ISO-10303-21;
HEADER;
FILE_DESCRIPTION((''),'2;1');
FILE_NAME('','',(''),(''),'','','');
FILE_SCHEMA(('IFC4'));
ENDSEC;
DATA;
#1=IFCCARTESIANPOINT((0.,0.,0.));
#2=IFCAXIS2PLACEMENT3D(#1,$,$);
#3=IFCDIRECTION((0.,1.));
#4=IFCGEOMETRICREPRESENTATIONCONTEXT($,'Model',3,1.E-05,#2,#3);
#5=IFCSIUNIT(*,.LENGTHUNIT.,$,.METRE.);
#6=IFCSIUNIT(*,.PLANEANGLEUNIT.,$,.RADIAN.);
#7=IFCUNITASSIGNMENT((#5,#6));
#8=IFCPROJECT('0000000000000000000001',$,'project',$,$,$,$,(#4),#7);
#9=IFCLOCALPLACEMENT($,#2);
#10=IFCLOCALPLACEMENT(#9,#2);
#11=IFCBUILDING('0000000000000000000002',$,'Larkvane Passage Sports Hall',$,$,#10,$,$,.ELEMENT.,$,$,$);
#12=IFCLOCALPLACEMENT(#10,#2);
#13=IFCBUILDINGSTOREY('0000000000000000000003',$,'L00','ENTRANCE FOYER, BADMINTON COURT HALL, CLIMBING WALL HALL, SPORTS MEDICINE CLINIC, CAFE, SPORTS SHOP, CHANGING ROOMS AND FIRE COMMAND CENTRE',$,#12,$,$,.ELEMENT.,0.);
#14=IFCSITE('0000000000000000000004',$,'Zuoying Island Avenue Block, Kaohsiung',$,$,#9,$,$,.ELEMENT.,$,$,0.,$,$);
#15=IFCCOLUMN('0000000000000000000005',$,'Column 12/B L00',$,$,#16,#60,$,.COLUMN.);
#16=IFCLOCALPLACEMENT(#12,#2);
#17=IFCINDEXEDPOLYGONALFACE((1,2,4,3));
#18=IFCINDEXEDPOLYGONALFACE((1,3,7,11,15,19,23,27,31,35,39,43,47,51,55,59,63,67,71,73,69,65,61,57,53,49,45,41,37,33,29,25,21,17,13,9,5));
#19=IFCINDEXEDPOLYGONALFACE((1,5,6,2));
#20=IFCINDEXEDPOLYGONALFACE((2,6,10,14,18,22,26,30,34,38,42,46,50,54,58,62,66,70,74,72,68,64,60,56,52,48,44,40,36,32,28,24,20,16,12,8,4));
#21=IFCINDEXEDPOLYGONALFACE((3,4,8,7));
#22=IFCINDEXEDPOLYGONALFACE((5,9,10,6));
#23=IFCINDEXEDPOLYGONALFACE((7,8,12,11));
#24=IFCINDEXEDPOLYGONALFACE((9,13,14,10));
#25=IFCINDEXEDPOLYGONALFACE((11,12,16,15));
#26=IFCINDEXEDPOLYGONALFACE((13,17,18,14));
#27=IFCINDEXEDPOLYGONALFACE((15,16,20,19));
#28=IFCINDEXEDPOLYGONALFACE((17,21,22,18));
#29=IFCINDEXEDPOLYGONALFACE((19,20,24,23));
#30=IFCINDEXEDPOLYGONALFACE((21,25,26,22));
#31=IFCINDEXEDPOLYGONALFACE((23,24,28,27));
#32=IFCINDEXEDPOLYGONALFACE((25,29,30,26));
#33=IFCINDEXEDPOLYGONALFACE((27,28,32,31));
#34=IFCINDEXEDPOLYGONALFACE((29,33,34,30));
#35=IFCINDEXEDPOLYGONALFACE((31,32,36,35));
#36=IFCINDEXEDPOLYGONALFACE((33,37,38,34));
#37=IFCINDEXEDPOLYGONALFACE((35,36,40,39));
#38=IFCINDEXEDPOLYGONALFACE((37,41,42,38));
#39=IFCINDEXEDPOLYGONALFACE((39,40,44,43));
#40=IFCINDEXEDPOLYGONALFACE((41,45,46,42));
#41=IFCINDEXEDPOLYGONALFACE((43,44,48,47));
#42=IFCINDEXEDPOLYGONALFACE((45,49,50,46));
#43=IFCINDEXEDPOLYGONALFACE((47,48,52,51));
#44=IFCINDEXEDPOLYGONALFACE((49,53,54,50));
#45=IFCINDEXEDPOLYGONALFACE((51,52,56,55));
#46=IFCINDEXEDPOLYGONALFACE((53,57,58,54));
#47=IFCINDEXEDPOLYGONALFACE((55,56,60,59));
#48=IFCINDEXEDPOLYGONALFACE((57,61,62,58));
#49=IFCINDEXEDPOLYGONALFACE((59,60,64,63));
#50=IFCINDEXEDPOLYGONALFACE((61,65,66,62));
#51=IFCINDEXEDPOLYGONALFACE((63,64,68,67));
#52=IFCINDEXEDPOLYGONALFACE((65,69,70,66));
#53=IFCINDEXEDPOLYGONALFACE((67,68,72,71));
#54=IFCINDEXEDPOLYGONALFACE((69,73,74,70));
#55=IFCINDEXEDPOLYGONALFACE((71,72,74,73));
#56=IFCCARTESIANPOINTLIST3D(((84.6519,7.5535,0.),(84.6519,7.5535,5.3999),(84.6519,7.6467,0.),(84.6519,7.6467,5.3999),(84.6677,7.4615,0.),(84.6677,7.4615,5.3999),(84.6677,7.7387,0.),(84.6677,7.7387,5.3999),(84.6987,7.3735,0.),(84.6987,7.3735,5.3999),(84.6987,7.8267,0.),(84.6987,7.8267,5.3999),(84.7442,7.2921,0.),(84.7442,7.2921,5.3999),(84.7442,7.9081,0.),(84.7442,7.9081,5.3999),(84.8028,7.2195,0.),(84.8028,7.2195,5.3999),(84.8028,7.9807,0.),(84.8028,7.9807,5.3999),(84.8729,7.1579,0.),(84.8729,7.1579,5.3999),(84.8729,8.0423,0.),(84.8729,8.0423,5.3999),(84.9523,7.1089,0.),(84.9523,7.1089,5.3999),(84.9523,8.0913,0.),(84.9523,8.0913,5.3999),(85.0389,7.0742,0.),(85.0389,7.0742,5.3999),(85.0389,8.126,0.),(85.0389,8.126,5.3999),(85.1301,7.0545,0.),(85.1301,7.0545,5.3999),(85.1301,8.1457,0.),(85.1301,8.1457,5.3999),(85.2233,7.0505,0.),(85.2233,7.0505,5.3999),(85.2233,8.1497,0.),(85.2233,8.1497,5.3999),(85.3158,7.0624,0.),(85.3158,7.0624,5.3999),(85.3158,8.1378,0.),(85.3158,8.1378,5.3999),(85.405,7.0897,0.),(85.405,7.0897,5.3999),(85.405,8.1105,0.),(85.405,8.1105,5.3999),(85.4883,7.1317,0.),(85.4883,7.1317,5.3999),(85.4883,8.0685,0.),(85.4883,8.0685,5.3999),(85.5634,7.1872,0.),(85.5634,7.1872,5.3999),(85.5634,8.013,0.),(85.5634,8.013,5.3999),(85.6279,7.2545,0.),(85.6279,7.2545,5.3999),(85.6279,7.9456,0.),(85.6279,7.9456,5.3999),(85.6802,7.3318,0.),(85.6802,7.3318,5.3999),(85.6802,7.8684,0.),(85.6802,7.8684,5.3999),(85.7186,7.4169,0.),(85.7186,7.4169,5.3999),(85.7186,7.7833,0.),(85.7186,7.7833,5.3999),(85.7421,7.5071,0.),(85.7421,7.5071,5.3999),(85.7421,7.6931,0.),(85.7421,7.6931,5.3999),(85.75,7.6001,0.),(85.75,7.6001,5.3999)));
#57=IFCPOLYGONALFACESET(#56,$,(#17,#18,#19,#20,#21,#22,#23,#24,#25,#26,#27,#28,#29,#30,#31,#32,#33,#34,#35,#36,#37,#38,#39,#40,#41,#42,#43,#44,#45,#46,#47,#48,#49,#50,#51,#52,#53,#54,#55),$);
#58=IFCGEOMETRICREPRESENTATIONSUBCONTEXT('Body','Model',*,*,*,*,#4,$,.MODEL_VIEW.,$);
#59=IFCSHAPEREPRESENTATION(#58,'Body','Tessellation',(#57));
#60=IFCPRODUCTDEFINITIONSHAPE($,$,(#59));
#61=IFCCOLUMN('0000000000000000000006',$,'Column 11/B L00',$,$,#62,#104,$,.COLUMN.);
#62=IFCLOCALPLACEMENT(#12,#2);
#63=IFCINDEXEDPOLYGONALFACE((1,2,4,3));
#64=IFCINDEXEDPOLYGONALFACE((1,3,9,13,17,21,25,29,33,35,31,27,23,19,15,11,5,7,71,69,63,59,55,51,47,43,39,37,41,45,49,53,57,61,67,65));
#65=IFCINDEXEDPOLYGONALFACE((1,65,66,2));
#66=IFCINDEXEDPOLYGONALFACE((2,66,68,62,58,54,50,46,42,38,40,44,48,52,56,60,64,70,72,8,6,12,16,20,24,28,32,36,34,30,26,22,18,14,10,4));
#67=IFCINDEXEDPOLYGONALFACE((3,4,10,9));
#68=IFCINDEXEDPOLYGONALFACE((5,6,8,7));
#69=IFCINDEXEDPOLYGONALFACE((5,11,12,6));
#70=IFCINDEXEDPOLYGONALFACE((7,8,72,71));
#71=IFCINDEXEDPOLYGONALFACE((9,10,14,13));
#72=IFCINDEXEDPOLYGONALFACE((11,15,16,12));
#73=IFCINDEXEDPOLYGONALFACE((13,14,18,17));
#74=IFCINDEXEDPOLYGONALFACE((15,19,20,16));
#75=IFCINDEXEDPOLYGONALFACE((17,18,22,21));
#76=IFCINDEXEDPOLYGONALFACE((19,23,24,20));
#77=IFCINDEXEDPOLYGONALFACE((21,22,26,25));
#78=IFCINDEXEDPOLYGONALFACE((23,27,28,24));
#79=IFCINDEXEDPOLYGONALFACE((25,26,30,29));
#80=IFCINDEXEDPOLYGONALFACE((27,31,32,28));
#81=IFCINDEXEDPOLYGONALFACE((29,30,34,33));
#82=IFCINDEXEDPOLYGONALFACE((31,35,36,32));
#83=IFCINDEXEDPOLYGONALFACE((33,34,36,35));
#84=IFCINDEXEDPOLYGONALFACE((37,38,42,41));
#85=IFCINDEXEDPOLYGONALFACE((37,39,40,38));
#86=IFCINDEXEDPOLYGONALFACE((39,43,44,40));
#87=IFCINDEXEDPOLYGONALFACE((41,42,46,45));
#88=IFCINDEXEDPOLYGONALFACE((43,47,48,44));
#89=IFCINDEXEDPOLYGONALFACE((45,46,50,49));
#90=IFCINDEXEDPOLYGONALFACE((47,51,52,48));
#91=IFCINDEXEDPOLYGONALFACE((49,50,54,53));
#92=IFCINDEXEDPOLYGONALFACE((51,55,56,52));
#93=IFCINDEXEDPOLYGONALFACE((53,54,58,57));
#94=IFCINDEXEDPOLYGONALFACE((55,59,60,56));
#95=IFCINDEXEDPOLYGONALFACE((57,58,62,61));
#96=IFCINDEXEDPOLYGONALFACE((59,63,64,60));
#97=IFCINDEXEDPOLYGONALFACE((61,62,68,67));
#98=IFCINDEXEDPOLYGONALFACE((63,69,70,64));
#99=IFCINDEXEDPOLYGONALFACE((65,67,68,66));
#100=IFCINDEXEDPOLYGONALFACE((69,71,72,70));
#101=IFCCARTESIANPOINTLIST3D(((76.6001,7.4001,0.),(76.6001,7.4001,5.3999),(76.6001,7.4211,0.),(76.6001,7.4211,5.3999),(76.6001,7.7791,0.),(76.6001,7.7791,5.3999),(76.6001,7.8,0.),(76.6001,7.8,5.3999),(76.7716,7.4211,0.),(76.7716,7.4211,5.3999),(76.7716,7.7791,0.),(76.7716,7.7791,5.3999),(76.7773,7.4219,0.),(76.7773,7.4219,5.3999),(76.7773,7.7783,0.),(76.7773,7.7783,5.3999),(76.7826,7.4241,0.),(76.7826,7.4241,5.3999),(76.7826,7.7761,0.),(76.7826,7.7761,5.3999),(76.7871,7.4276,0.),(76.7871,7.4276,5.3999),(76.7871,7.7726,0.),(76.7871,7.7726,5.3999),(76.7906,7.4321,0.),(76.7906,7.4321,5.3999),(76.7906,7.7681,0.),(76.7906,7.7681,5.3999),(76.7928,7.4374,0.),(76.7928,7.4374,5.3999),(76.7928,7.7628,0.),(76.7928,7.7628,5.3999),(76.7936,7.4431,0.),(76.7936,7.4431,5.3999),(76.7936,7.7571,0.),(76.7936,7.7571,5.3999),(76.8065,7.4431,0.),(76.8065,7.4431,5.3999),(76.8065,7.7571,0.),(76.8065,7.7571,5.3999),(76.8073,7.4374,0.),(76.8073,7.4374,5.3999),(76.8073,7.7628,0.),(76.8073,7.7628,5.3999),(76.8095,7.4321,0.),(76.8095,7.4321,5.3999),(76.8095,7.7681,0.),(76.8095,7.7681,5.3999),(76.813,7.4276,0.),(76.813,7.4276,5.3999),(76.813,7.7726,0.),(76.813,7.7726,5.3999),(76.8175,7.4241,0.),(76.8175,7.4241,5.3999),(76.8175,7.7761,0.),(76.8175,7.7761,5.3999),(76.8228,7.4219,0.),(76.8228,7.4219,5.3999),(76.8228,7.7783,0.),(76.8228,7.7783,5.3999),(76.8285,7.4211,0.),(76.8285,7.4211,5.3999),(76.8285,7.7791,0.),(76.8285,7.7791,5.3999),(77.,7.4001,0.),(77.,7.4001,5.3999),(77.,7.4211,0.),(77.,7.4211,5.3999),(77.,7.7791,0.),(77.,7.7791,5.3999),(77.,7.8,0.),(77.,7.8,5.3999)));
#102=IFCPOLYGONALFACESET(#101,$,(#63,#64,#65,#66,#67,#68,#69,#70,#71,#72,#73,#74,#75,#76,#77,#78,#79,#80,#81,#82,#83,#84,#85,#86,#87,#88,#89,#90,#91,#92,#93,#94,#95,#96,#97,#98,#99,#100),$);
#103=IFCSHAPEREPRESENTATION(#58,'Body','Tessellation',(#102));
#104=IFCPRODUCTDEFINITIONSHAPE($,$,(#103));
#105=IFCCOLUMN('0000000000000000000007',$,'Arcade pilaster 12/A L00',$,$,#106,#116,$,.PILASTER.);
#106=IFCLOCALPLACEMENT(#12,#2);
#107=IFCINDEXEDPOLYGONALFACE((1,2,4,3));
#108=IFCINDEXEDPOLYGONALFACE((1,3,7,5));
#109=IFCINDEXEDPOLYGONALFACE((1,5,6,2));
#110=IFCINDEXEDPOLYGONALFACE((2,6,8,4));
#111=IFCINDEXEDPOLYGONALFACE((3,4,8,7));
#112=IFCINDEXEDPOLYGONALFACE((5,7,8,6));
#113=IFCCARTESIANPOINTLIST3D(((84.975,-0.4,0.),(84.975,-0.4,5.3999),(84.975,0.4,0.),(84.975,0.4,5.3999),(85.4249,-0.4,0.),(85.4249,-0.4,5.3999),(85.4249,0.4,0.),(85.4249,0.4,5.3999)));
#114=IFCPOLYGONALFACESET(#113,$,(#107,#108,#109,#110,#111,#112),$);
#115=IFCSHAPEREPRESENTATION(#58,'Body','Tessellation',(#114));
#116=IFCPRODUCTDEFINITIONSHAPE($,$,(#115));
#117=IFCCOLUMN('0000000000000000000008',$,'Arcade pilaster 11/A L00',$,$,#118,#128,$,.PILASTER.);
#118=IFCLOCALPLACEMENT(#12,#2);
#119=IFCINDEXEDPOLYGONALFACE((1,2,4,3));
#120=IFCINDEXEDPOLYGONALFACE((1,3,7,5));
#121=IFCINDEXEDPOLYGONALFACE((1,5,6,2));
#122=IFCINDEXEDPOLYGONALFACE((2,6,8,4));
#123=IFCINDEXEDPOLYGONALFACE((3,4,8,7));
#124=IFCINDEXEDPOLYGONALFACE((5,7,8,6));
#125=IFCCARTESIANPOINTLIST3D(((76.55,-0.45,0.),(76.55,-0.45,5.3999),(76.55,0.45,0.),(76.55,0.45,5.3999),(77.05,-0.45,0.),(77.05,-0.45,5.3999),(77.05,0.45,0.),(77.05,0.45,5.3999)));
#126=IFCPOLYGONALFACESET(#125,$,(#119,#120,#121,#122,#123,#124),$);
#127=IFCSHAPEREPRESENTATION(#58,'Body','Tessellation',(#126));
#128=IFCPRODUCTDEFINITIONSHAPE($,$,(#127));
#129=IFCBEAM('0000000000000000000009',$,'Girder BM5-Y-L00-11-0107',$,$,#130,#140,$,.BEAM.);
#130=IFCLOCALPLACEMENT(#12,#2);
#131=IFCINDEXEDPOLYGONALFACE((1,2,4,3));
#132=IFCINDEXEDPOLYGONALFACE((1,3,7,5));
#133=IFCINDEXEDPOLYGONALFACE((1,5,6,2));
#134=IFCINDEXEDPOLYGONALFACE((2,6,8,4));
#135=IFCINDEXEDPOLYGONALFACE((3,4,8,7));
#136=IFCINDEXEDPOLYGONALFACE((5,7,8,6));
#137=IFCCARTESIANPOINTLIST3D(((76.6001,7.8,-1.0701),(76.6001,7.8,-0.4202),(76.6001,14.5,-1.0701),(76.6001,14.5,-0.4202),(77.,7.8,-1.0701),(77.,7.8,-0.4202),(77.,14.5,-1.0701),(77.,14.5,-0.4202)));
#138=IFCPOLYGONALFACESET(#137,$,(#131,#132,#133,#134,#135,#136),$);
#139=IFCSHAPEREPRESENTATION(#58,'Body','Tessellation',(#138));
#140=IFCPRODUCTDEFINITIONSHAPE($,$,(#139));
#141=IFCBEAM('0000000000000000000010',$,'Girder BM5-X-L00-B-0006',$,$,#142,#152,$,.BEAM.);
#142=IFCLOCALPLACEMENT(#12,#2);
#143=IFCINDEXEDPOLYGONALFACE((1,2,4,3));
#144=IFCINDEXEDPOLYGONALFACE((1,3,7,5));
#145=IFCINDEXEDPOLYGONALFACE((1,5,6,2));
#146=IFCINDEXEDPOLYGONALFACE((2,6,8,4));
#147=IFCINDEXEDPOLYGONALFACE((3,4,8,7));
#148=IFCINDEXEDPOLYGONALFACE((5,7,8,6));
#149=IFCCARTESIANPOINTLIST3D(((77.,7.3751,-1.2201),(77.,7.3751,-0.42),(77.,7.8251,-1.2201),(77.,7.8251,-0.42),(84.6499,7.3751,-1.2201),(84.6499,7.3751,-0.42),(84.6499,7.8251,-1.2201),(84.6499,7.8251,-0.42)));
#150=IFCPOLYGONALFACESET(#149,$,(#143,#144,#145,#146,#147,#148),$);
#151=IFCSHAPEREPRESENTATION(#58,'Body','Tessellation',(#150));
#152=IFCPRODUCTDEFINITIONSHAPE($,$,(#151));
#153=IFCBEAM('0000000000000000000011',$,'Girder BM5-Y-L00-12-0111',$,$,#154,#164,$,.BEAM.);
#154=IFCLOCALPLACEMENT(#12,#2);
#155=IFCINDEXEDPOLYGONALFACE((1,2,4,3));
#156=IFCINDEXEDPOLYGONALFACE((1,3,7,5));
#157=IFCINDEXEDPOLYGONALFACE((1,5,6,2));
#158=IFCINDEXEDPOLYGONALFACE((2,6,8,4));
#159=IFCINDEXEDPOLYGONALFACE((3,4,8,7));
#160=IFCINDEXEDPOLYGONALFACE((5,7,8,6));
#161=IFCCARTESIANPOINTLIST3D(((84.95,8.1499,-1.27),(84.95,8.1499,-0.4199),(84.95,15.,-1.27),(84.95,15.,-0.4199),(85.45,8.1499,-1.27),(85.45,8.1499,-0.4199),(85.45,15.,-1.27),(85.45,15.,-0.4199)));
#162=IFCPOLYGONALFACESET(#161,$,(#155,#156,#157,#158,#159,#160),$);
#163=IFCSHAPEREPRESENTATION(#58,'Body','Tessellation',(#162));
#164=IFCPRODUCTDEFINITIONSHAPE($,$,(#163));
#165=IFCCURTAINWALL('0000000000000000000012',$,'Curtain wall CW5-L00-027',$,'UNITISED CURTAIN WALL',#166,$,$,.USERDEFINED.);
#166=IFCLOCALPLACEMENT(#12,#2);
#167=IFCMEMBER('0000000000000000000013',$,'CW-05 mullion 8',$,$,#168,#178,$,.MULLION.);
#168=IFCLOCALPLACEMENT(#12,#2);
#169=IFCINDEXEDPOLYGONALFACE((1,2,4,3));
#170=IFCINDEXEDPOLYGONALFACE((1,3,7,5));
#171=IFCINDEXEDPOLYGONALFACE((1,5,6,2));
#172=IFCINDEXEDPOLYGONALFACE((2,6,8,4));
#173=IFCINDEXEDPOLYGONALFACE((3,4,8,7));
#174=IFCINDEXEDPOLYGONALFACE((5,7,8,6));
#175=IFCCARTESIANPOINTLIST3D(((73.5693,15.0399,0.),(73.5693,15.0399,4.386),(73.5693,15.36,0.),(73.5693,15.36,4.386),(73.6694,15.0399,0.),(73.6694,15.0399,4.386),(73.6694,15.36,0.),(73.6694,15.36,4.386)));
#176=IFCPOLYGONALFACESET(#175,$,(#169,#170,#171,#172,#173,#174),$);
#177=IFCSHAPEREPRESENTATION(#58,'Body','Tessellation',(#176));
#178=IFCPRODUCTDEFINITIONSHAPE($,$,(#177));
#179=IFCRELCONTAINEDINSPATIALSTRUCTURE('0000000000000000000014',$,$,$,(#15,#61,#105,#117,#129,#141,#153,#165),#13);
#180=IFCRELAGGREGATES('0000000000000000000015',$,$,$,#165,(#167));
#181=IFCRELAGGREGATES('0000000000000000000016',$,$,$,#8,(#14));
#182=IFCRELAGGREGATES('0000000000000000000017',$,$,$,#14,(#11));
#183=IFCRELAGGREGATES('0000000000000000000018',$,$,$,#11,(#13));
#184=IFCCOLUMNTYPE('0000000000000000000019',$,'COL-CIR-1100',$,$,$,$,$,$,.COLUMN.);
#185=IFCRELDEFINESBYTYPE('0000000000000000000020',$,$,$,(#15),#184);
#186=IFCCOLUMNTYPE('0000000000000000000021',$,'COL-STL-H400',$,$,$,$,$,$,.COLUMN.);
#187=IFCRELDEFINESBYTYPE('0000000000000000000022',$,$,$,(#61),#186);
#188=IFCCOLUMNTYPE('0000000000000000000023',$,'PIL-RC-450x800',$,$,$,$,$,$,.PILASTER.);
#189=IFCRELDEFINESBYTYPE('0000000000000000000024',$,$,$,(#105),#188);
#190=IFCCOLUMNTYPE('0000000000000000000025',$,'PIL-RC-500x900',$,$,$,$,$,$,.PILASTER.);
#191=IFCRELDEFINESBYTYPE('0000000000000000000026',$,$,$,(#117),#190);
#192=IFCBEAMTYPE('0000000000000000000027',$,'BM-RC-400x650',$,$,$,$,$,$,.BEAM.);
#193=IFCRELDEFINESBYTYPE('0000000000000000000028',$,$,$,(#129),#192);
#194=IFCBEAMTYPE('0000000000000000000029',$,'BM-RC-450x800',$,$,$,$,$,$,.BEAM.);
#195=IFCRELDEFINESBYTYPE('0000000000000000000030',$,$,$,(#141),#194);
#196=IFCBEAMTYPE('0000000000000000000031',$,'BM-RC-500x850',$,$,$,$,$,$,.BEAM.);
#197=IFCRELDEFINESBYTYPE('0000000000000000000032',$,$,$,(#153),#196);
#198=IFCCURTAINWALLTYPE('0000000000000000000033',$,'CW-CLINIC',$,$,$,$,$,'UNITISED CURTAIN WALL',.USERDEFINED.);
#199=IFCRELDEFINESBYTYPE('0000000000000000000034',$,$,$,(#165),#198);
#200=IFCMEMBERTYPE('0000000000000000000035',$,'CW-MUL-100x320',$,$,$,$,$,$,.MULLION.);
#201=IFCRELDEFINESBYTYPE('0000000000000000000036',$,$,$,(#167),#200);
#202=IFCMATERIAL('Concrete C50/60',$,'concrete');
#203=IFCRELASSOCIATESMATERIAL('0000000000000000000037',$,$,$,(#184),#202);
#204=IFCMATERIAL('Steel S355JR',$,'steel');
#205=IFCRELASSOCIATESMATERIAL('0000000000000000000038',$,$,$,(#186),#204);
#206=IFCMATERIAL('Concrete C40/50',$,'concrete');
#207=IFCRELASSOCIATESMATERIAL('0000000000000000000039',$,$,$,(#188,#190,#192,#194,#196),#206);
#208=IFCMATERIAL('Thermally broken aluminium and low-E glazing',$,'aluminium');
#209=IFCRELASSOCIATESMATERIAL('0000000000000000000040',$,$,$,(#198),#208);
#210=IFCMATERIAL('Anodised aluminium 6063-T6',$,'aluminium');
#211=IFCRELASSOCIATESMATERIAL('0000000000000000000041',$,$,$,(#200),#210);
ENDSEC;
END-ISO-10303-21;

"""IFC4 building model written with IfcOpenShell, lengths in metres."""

from ifc_helpers import new_model, si_unit, direction, frame, origin, origin_2d, place, context, subcontext, project, spatial, rectangle, circle, i_section, extrude, material, material_profile, profile_set, type_object, element, aggregate, save


model = new_model("IFC4")

# Units and contexts
model_context = context("Model", 3, precision=1e-05, world=origin(), true_north=direction((0.0, 1.0)))
body_context = subcontext(model_context, "Body", "Model", "MODEL_VIEW")
ifc_project = project(units=[si_unit("LENGTHUNIT", "METRE"), si_unit("PLANEANGLEUNIT", "RADIAN")], contexts=[model_context])

# Site, building, storey
site_placement = place(None, origin())
site = spatial("IfcSite", under=ifc_project, at=site_placement, Name="Zuoying Island Avenue Block, Kaohsiung", CompositionType="ELEMENT", RefElevation=0.0)
building_placement = place(site_placement, origin())
building = spatial("IfcBuilding", under=site, at=building_placement, Name="Larkvane Passage Sports Hall", CompositionType="ELEMENT")
storey_placement = place(building_placement, origin())
storey = spatial("IfcBuildingStorey", under=building, at=storey_placement, Name="L00", Description="ENTRANCE FOYER, BADMINTON COURT HALL, CLIMBING WALL HALL, SPORTS MEDICINE CLINIC, CAFE, SPORTS SHOP, CHANGING ROOMS AND FIRE COMMAND CENTRE", CompositionType="ELEMENT", Elevation=0.0)

# Columns
ifc_material_1 = material(Name="Concrete C50/60", Category="concrete")
ifc_material_profile_1 = material_profile(ifc_material_1, circle(Radius=0.55, at=origin_2d()), Name="RC-CIR-1100")
ifc_profile_set_1 = profile_set([ifc_material_profile_1], Name="Concrete C50/60")
column_type_1 = type_object("IfcColumnType", Name="COL-CIR-1100", PredefinedType="COLUMN", material=ifc_profile_set_1)
column_1_placement = place(storey_placement, frame((85.2, 7.6001, 0.0), z_axis=(0.0, 0.0, 1.0), x_axis=(1.0, 0.0, 0.0)))
element("IfcColumn", 1, at=column_1_placement, inside=storey, type_object=column_type_1, Name="Column 12/B L00", PredefinedType="COLUMN", context=body_context, shape_type="SweptSolid", body=[
    extrude(circle(Radius=0.55, at=origin_2d()), origin(), (0.0, 0.0, 1.0), 5.3999),
])
ifc_material_2 = material(Name="Steel S355JR", Category="steel")
ifc_material_profile_2 = material_profile(ifc_material_2, i_section(OverallWidth=0.3999, OverallDepth=0.3999, WebThickness=0.0129, FlangeThickness=0.021, FilletRadius=0.022, at=origin_2d()), Name="H-400x400x13x21")
ifc_profile_set_2 = profile_set([ifc_material_profile_2], Name="Steel S355JR")
column_type_2 = type_object("IfcColumnType", Name="COL-STL-H400", PredefinedType="COLUMN", material=ifc_profile_set_2)
column_2_placement = place(storey_placement, frame((76.8, 7.6001, 0.0), z_axis=(0.0, 0.0, 1.0), x_axis=(1.0, 0.0, 0.0)))
element("IfcColumn", 2, at=column_2_placement, inside=storey, type_object=column_type_2, Name="Column 11/B L00", PredefinedType="COLUMN", context=body_context, shape_type="SweptSolid", body=[
    extrude(i_section(OverallWidth=0.3999, OverallDepth=0.3999, WebThickness=0.0129, FlangeThickness=0.021, FilletRadius=0.022, at=origin_2d()), origin(), (0.0, 0.0, 1.0), 5.3999),
])
ifc_material_3 = material(Name="Concrete C40/50", Category="concrete")
ifc_material_profile_3 = material_profile(ifc_material_3, rectangle(XDim=0.45, YDim=0.8, at=origin_2d()), Name="RC-PIL-450x800")
ifc_profile_set_3 = profile_set([ifc_material_profile_3], Name="Concrete C40/50")
column_type_3 = type_object("IfcColumnType", Name="PIL-RC-450x800", PredefinedType="PILASTER", material=ifc_profile_set_3)
column_3_placement = place(storey_placement, frame((85.2, 0.0, 0.0), z_axis=(0.0, 0.0, 1.0), x_axis=(1.0, 0.0, 0.0)))
element("IfcColumn", 3, at=column_3_placement, inside=storey, type_object=column_type_3, Name="Arcade pilaster 12/A L00", PredefinedType="PILASTER", context=body_context, shape_type="SweptSolid", body=[
    extrude(rectangle(XDim=0.45, YDim=0.8, at=origin_2d()), origin(), (0.0, 0.0, 1.0), 5.3999),
])
ifc_material_profile_4 = material_profile(ifc_material_3, rectangle(XDim=0.5, YDim=0.8999, at=origin_2d()), Name="RC-PIL-500x900")
ifc_profile_set_4 = profile_set([ifc_material_profile_4], Name="Concrete C40/50")
column_type_4 = type_object("IfcColumnType", Name="PIL-RC-500x900", PredefinedType="PILASTER", material=ifc_profile_set_4)
column_4_placement = place(storey_placement, frame((76.8, 0.0, 0.0), z_axis=(0.0, 0.0, 1.0), x_axis=(1.0, 0.0, 0.0)))
element("IfcColumn", 4, at=column_4_placement, inside=storey, type_object=column_type_4, Name="Arcade pilaster 11/A L00", PredefinedType="PILASTER", context=body_context, shape_type="SweptSolid", body=[
    extrude(rectangle(XDim=0.5, YDim=0.8999, at=origin_2d()), origin(), (0.0, 0.0, 1.0), 5.3999),
])

# Beams
ifc_material_profile_5 = material_profile(ifc_material_3, rectangle(XDim=0.3999, YDim=0.6499, at=origin_2d()), Name="RC-BM-400x650")
ifc_profile_set_5 = profile_set([ifc_material_profile_5], Name="Concrete C40/50")
beam_type_1 = type_object("IfcBeamType", Name="BM-RC-400x650", PredefinedType="BEAM", material=ifc_profile_set_5)
beam_1_placement = place(storey_placement, frame((76.8, 7.8, -0.7451), z_axis=(0.0, 1.0, 0.0), x_axis=(-1.0, 0.0, 0.0)))
element("IfcBeam", 5, at=beam_1_placement, inside=storey, type_object=beam_type_1, Name="Girder BM5-Y-L00-11-0107", PredefinedType="BEAM", context=body_context, shape_type="SweptSolid", body=[
    extrude(rectangle(XDim=0.3999, YDim=0.6499, at=origin_2d()), origin(), (0.0, 0.0, 1.0), 6.7),
])
ifc_material_profile_6 = material_profile(ifc_material_3, rectangle(XDim=0.45, YDim=0.8, at=origin_2d()), Name="RC-BM-450x800")
ifc_profile_set_6 = profile_set([ifc_material_profile_6], Name="Concrete C40/50")
beam_type_2 = type_object("IfcBeamType", Name="BM-RC-450x800", PredefinedType="BEAM", material=ifc_profile_set_6)
beam_2_placement = place(storey_placement, frame((77.0, 7.6001, -0.8201), z_axis=(1.0, 0.0, 0.0), x_axis=(0.0, 1.0, 0.0)))
element("IfcBeam", 6, at=beam_2_placement, inside=storey, type_object=beam_type_2, Name="Girder BM5-X-L00-B-0006", PredefinedType="BEAM", context=body_context, shape_type="SweptSolid", body=[
    extrude(rectangle(XDim=0.45, YDim=0.8, at=origin_2d()), origin(), (0.0, 0.0, 1.0), 7.6499),
])
ifc_material_profile_7 = material_profile(ifc_material_3, rectangle(XDim=0.5, YDim=0.8501, at=origin_2d()), Name="RC-BM-500x850")
ifc_profile_set_7 = profile_set([ifc_material_profile_7], Name="Concrete C40/50")
beam_type_3 = type_object("IfcBeamType", Name="BM-RC-500x850", PredefinedType="BEAM", material=ifc_profile_set_7)
beam_3_placement = place(storey_placement, frame((85.2, 8.1499, -0.845), z_axis=(0.0, 1.0, 0.0), x_axis=(-1.0, 0.0, 0.0)))
element("IfcBeam", 7, at=beam_3_placement, inside=storey, type_object=beam_type_3, Name="Girder BM5-Y-L00-12-0111", PredefinedType="BEAM", context=body_context, shape_type="SweptSolid", body=[
    extrude(rectangle(XDim=0.5, YDim=0.8501, at=origin_2d()), origin(), (0.0, 0.0, 1.0), 6.8501),
])

# Curtain wall, member
ifc_material_4 = material(Name="Thermally broken aluminium and low-E glazing", Category="aluminium")
curtain_wall_type = type_object("IfcCurtainWallType", Name="CW-CLINIC", ElementType="UNITISED CURTAIN WALL", PredefinedType="USERDEFINED", material=ifc_material_4)
curtain_wall_placement = place(storey_placement, origin())
curtain_wall = element("IfcCurtainWall", 8, at=curtain_wall_placement, inside=storey, type_object=curtain_wall_type, Name="Curtain wall CW5-L00-027", ObjectType="UNITISED CURTAIN WALL", PredefinedType="USERDEFINED")
ifc_material_5 = material(Name="Anodised aluminium 6063-T6", Category="aluminium")
ifc_material_profile_8 = material_profile(ifc_material_5, rectangle(XDim=0.1001, YDim=0.3201, at=origin_2d()), Name="ALU-MUL-100x320")
ifc_profile_set_8 = profile_set([ifc_material_profile_8], Name="Anodised aluminium 6063-T6")
member_type_1 = type_object("IfcMemberType", Name="CW-MUL-100x320", PredefinedType="MULLION", material=ifc_profile_set_8)
member_1_placement = place(storey_placement, frame((73.6194, 15.2, 0.0), z_axis=(0.0, 0.0, 1.0), x_axis=(1.0, 0.0, 0.0)))
member_1 = element("IfcMember", 9, at=member_1_placement, type_object=member_type_1, Name="CW-05 mullion 8", PredefinedType="MULLION", context=body_context, shape_type="SweptSolid", body=[
    extrude(rectangle(XDim=0.1001, YDim=0.3201, at=origin_2d()), origin(), (0.0, 0.0, 1.0), 4.386),
])

aggregate(curtain_wall, [member_1])

save(model, "model.ifc")
